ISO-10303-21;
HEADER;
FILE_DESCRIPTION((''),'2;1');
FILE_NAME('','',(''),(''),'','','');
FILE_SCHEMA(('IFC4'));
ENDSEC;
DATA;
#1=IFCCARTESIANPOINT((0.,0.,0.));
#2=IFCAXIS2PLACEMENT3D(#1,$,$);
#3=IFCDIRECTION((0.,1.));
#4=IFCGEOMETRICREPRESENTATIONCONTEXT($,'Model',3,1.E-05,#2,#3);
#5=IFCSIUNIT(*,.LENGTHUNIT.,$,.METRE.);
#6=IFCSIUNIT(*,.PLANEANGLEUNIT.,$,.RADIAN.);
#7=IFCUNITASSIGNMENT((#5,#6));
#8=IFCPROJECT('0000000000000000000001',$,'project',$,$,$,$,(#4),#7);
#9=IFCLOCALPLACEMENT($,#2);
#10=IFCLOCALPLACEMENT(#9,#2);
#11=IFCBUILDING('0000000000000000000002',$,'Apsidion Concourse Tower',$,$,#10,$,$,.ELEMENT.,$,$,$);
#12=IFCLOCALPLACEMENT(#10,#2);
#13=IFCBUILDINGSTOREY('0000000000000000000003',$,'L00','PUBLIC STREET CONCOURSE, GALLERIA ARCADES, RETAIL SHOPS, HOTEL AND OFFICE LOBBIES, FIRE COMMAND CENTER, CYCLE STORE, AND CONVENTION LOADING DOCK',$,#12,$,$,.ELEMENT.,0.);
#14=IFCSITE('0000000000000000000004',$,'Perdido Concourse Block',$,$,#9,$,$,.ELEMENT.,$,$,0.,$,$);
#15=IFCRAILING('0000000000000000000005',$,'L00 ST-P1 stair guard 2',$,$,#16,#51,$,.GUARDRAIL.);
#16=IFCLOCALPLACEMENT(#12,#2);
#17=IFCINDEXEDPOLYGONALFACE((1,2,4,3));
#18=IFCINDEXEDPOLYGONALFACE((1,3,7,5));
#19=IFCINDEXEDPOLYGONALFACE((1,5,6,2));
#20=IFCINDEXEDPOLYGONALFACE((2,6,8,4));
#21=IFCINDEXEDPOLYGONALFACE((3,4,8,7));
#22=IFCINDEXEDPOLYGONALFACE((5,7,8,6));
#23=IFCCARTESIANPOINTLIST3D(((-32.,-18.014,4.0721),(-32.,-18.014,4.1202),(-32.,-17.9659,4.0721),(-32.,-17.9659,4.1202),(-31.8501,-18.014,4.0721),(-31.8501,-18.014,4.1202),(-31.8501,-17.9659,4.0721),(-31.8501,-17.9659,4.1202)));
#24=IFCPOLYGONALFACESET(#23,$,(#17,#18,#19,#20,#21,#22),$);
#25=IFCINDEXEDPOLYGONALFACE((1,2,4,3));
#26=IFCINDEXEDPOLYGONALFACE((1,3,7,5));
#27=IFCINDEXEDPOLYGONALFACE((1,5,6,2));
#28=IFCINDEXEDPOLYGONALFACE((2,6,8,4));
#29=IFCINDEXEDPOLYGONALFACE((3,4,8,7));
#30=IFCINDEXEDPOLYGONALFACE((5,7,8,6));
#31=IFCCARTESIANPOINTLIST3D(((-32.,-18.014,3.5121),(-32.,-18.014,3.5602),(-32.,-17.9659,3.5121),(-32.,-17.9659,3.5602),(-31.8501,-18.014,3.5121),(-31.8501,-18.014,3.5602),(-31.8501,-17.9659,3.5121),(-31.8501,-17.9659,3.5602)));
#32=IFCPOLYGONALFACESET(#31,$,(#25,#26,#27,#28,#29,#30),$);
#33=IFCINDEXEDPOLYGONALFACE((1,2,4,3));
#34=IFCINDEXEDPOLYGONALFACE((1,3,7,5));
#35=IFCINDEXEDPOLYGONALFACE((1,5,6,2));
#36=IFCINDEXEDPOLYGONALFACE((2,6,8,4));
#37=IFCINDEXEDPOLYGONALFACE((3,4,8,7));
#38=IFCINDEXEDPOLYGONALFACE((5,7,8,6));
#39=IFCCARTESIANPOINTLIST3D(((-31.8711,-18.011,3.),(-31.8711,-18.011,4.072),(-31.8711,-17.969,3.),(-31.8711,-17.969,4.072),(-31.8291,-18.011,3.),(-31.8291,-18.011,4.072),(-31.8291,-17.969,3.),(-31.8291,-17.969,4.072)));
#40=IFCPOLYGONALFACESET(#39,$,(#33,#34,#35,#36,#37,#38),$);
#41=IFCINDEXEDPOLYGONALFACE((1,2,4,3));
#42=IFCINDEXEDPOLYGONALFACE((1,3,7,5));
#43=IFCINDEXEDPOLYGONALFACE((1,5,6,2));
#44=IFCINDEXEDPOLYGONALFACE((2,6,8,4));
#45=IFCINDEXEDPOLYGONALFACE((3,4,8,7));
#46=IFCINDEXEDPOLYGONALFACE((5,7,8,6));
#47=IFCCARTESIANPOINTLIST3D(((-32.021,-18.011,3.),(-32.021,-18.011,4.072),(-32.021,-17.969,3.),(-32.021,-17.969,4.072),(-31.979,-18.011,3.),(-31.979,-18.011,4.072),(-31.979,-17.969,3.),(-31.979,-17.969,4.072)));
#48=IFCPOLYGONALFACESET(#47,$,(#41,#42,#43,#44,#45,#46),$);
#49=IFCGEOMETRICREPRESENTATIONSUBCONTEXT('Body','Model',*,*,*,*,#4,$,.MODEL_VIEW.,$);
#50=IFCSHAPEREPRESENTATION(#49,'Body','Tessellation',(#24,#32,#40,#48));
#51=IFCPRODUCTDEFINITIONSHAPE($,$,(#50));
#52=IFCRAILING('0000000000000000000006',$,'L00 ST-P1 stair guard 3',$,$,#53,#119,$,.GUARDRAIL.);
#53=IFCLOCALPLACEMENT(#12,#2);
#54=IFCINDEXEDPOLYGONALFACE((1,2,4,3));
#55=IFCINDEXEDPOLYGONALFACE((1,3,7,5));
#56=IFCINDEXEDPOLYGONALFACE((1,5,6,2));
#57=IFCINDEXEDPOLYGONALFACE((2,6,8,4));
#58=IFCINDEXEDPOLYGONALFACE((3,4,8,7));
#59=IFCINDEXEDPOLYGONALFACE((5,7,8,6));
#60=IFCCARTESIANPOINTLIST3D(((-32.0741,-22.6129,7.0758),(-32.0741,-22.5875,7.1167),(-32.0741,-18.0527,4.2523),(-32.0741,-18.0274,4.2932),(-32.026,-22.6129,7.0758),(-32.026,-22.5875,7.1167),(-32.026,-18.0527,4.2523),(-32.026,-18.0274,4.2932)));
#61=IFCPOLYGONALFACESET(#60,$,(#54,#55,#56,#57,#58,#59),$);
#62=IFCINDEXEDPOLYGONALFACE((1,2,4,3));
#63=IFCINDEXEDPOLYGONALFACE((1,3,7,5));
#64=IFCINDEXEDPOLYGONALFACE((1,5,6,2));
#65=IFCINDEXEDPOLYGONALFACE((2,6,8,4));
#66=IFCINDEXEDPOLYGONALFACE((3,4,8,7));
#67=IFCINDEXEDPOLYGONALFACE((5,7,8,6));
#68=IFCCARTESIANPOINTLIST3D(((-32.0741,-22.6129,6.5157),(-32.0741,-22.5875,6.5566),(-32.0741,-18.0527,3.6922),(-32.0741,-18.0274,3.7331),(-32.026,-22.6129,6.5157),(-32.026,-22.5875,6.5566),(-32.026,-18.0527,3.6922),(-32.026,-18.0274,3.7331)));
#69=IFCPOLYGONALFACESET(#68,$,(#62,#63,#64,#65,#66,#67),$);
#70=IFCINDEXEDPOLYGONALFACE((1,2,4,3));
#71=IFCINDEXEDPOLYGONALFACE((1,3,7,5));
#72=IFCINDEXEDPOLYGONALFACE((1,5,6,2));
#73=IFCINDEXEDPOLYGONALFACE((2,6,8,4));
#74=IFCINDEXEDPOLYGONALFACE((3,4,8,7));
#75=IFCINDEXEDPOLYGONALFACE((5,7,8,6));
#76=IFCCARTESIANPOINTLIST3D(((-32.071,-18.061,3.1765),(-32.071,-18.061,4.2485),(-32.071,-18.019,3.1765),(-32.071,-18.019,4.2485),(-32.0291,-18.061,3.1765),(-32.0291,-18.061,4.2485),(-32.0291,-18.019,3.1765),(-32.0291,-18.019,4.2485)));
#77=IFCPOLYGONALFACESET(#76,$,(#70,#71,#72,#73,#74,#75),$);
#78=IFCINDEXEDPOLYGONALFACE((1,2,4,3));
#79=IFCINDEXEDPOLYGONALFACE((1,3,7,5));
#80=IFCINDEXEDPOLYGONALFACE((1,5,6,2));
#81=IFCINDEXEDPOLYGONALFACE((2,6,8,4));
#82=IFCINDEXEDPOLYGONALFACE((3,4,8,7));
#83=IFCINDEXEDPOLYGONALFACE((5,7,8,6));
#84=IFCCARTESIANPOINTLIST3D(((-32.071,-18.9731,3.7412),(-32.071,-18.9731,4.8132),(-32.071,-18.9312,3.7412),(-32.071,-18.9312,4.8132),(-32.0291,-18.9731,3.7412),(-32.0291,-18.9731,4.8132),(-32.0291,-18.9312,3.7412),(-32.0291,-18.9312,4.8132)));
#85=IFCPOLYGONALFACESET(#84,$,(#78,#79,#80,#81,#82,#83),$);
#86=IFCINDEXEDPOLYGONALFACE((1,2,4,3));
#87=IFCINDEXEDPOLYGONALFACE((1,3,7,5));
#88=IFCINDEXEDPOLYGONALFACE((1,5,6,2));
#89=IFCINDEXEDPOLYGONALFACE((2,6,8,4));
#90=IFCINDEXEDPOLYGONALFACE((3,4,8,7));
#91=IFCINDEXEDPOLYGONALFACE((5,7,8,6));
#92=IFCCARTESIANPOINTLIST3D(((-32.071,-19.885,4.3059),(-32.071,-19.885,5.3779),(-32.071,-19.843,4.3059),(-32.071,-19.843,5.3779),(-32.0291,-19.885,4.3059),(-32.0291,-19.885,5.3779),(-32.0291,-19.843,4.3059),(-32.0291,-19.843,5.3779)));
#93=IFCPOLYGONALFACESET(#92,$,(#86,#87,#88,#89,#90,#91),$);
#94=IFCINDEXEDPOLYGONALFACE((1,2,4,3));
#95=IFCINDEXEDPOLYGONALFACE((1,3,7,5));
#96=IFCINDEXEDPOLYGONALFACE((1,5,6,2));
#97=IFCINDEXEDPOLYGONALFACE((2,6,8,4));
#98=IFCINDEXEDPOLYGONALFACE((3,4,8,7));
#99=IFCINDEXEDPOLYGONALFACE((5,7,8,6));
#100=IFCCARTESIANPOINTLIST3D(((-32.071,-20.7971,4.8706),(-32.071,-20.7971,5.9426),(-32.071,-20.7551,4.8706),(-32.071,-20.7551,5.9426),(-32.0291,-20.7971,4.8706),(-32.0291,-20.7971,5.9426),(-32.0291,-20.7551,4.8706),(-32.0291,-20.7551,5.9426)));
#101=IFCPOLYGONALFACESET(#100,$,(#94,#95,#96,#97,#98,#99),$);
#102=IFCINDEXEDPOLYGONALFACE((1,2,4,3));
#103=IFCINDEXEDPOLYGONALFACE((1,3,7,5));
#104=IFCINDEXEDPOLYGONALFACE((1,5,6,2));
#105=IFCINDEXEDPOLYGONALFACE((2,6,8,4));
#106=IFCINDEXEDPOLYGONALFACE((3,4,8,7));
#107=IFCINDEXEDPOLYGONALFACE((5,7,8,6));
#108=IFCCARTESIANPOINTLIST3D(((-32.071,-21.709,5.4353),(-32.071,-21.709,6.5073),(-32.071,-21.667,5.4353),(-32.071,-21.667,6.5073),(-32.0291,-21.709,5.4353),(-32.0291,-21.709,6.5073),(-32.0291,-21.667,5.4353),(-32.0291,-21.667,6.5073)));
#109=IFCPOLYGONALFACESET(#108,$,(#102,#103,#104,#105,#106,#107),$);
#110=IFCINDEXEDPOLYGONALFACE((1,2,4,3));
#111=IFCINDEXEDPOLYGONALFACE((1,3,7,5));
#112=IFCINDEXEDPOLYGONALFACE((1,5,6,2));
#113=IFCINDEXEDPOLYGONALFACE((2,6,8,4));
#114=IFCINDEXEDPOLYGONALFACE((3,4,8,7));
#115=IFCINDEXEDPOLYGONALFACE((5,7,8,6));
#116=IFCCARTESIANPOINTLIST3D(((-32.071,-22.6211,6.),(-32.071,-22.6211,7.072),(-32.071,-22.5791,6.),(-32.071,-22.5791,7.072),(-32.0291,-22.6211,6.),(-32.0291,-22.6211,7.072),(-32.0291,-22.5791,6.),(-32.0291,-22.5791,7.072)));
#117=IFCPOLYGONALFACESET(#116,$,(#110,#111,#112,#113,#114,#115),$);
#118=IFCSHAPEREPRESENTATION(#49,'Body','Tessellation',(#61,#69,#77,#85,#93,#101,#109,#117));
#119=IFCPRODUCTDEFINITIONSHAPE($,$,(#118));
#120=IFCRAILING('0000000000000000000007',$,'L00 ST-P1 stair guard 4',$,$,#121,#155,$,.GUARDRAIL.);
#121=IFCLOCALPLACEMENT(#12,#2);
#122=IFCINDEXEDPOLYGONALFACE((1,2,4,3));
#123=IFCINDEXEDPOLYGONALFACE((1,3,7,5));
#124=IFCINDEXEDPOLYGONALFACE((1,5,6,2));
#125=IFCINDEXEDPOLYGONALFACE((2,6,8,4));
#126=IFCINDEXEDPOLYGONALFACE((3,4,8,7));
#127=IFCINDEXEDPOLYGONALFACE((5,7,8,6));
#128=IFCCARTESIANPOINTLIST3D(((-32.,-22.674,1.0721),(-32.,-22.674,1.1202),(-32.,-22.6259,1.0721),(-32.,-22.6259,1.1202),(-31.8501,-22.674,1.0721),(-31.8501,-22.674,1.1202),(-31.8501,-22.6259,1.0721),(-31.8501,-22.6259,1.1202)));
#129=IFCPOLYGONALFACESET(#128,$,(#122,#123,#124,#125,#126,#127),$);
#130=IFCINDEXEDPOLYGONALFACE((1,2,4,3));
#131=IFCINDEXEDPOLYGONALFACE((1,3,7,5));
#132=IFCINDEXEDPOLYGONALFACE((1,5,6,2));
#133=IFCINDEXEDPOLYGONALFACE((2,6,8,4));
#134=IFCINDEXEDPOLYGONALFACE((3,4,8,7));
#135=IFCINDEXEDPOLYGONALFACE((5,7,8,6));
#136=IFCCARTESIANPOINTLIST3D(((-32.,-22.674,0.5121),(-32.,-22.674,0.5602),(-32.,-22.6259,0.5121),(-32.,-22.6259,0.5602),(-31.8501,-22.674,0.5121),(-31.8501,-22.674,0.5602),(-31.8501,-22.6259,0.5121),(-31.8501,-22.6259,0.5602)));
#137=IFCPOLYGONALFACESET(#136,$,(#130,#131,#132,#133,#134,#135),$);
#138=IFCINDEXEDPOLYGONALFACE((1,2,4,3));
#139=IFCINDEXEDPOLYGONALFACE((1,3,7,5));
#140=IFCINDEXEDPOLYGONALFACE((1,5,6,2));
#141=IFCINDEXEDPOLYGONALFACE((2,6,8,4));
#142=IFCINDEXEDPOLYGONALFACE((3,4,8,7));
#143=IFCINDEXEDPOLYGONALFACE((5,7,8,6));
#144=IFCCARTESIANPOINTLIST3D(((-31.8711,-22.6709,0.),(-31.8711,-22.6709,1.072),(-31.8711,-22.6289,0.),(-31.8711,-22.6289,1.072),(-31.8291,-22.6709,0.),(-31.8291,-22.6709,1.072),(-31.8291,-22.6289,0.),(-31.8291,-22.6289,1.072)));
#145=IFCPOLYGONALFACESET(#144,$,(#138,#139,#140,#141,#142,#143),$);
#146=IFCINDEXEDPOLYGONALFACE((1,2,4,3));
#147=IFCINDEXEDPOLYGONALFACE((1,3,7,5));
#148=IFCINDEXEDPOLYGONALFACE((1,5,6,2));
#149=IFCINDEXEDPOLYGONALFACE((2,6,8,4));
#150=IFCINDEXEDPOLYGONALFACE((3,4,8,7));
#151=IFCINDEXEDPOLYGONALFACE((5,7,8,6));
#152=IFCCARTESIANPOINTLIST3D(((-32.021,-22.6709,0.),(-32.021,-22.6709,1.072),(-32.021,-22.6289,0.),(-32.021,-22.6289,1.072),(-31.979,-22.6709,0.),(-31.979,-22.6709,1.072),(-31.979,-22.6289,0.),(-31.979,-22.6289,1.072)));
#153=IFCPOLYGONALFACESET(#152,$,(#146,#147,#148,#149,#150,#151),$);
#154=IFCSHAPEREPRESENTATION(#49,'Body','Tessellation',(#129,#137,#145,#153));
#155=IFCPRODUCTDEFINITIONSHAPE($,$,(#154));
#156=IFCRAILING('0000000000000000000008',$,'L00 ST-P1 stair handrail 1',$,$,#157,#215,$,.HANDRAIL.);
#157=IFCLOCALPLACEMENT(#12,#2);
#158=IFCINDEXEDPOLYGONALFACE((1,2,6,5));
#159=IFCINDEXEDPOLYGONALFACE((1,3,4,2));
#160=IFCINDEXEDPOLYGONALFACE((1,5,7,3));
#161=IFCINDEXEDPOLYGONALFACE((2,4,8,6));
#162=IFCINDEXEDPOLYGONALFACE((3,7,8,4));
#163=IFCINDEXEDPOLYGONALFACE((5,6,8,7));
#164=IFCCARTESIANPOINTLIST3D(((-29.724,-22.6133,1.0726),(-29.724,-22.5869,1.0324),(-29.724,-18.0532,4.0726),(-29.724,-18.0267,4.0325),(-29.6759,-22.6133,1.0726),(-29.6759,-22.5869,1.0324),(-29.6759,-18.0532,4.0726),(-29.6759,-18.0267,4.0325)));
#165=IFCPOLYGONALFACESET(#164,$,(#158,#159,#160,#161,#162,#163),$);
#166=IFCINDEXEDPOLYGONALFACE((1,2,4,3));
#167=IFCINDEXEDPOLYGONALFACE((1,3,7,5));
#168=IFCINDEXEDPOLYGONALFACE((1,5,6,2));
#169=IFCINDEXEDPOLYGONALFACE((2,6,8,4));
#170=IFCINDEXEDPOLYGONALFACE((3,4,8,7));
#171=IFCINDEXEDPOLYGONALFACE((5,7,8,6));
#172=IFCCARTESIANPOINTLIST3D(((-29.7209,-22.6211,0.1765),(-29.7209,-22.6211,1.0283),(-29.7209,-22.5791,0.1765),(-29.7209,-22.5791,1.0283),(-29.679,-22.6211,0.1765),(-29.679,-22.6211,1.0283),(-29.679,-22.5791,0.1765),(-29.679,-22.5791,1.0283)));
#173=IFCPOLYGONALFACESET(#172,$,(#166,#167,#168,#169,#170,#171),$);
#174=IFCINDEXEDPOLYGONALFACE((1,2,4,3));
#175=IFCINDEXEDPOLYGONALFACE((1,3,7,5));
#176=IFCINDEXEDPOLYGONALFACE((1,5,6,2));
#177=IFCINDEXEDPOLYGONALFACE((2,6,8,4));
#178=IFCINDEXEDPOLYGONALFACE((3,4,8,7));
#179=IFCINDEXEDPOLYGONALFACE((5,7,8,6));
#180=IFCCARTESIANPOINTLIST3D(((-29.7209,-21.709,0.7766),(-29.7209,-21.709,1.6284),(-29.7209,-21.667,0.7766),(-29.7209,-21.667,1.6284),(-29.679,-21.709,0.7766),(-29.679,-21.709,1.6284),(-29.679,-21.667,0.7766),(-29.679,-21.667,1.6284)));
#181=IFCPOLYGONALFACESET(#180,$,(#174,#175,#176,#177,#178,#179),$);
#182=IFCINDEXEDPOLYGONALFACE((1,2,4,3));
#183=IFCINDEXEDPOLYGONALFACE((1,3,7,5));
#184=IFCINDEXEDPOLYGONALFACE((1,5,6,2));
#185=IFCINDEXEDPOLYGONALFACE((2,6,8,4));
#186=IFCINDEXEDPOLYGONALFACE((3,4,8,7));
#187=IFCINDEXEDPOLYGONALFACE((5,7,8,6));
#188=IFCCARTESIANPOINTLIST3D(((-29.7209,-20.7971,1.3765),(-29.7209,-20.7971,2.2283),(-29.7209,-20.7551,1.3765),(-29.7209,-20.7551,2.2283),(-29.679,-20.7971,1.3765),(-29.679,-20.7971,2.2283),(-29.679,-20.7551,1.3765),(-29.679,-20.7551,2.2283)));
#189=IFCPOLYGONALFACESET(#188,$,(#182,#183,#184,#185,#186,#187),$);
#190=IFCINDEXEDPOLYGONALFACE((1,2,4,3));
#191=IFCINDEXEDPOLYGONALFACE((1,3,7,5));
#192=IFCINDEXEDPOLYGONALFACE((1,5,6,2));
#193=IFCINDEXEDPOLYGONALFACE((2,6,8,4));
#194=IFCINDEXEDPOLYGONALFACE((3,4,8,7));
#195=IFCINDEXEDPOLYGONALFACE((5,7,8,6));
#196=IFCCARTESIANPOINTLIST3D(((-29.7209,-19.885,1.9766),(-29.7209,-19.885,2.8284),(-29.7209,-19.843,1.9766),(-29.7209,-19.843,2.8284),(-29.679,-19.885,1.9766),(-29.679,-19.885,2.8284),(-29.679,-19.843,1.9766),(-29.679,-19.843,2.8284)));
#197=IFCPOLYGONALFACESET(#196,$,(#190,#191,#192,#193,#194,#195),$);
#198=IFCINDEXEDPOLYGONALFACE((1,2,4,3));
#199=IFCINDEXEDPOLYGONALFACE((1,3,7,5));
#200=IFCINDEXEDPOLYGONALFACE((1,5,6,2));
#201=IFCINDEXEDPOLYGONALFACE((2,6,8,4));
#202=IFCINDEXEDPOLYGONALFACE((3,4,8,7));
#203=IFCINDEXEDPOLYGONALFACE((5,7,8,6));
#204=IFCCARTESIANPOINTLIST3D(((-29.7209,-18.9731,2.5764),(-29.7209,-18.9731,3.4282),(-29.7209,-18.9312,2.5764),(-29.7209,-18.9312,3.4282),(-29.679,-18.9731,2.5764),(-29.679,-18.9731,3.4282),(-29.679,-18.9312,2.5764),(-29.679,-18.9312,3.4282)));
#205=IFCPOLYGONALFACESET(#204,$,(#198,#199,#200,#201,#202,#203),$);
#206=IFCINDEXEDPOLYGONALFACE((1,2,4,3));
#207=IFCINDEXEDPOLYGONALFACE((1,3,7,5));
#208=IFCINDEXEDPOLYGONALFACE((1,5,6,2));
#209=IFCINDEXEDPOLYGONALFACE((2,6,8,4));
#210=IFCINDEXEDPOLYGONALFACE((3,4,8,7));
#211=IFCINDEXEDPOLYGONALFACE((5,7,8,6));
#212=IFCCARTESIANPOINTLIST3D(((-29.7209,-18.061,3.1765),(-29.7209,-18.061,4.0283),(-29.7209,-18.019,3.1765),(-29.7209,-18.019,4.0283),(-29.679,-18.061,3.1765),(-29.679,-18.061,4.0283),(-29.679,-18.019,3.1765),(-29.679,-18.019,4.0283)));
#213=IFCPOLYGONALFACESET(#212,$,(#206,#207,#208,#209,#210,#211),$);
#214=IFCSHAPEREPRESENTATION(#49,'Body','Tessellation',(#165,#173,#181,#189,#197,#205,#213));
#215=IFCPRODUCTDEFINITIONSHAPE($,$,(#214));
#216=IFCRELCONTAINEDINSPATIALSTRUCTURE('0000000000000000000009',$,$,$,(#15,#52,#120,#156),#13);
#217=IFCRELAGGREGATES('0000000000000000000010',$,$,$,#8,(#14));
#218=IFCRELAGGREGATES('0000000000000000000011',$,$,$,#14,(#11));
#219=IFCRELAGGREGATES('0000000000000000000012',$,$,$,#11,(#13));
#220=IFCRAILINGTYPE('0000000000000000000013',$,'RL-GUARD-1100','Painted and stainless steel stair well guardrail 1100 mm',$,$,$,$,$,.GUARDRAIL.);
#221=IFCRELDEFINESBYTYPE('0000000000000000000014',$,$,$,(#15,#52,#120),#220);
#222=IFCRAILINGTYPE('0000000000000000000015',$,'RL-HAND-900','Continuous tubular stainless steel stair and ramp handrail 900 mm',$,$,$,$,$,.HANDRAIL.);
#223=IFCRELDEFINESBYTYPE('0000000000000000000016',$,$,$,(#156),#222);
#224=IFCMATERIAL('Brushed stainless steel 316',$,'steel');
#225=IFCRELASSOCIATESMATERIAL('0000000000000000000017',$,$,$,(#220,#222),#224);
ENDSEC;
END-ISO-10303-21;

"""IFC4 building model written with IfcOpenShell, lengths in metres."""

from ifc_helpers import new_model, si_unit, direction, frame, origin, origin_2d, place, context, subcontext, project, spatial, rectangle, extrude, material, type_object, element, save


model = new_model("IFC4")

# Units and contexts
model_context = context("Model", 3, precision=1e-05, world=origin(), true_north=direction((0.0, 1.0)))
body_context = subcontext(model_context, "Body", "Model", "MODEL_VIEW")
ifc_project = project(units=[si_unit("LENGTHUNIT", "METRE"), si_unit("PLANEANGLEUNIT", "RADIAN")], contexts=[model_context])

# Site, building, storey
site_placement = place(None, origin())
site = spatial("IfcSite", under=ifc_project, at=site_placement, Name="Perdido Concourse Block", CompositionType="ELEMENT", RefElevation=0.0)
building_placement = place(site_placement, origin())
building = spatial("IfcBuilding", under=site, at=building_placement, Name="Apsidion Concourse Tower", CompositionType="ELEMENT")
storey_placement = place(building_placement, origin())
storey = spatial("IfcBuildingStorey", under=building, at=storey_placement, Name="L00", Description="PUBLIC STREET CONCOURSE, GALLERIA ARCADES, RETAIL SHOPS, HOTEL AND OFFICE LOBBIES, FIRE COMMAND CENTER, CYCLE STORE, AND CONVENTION LOADING DOCK", CompositionType="ELEMENT", Elevation=0.0)

# Shared definitions
ifc_material_1 = material(Name="Brushed stainless steel 316", Category="steel")

# Railings
railing_type_1 = type_object("IfcRailingType", Name="RL-GUARD-1100", Description="Painted and stainless steel stair well guardrail 1100 mm", PredefinedType="GUARDRAIL", material=ifc_material_1)
railing_1_placement = place(storey_placement, frame((-31.8501, -17.99, 3.0)))
element("IfcRailing", 1, at=railing_1_placement, inside=storey, type_object=railing_type_1, Name="L00 ST-P1 stair guard 2", PredefinedType="GUARDRAIL", context=body_context, shape_type="SweptSolid", body=[
    extrude(rectangle(XDim=0.0481, YDim=0.0481, at=origin_2d()), frame((0.0, 0.0, 1.0962), z_axis=(-1.0, 0.0, 0.0), x_axis=(0.0, -1.0, 0.0)), (0.0, 0.0, 1.0), 0.1499),
    extrude(rectangle(XDim=0.0481, YDim=0.0481, at=origin_2d()), frame((0.0, 0.0, 0.5361), z_axis=(-1.0, 0.0, 0.0), x_axis=(0.0, -1.0, 0.0)), (0.0, 0.0, 1.0), 0.1499),
    extrude(rectangle(XDim=0.042, YDim=0.042, at=origin_2d()), origin(), (0.0, 0.0, 1.0), 1.072),
    extrude(rectangle(XDim=0.042, YDim=0.042, at=origin_2d()), frame((-0.1499, 0.0, 0.0)), (0.0, 0.0, 1.0), 1.072),
])
railing_2_placement = place(storey_placement, frame((-32.05, -18.04, 3.1765)))
element("IfcRailing", 2, at=railing_2_placement, inside=storey, type_object=railing_type_1, Name="L00 ST-P1 stair guard 3", PredefinedType="GUARDRAIL", context=body_context, shape_type="SweptSolid", body=[
    extrude(rectangle(XDim=0.0481, YDim=0.0481, at=origin_2d()), frame((0.0, 0.0, 1.0962), z_axis=(0.0, -0.850216, 0.526435), x_axis=(1.0, 0.0, 0.0)), (0.0, 0.0, 1.0), 5.3635),
    extrude(rectangle(XDim=0.0481, YDim=0.0481, at=origin_2d()), frame((0.0, 0.0, 0.5361), z_axis=(0.0, -0.850216, 0.526435), x_axis=(1.0, 0.0, 0.0)), (0.0, 0.0, 1.0), 5.3635),
    extrude(rectangle(XDim=0.042, YDim=0.042, at=origin_2d()), origin(), (0.0, 0.0, 1.0), 1.072),
    extrude(rectangle(XDim=0.042, YDim=0.042, at=origin_2d()), frame((0.0, -0.9121, 0.5647)), (0.0, 0.0, 1.0), 1.072),
    extrude(rectangle(XDim=0.042, YDim=0.042, at=origin_2d()), frame((0.0, -1.824, 1.1294)), (0.0, 0.0, 1.0), 1.072),
    extrude(rectangle(XDim=0.042, YDim=0.042, at=origin_2d()), frame((0.0, -2.7361, 1.6941)), (0.0, 0.0, 1.0), 1.072),
    extrude(rectangle(XDim=0.042, YDim=0.042, at=origin_2d()), frame((0.0, -3.6479, 2.2588)), (0.0, 0.0, 1.0), 1.072),
    extrude(rectangle(XDim=0.042, YDim=0.042, at=origin_2d()), frame((0.0, -4.5601, 2.8235)), (0.0, 0.0, 1.0), 1.072),
])
railing_3_placement = place(storey_placement, frame((-31.8501, -22.6499, 0.0)))
element("IfcRailing", 3, at=railing_3_placement, inside=storey, type_object=railing_type_1, Name="L00 ST-P1 stair guard 4", PredefinedType="GUARDRAIL", context=body_context, shape_type="SweptSolid", body=[
    extrude(rectangle(XDim=0.0481, YDim=0.0481, at=origin_2d()), frame((0.0, 0.0, 1.0962), z_axis=(-1.0, 0.0, 0.0), x_axis=(0.0, -1.0, 0.0)), (0.0, 0.0, 1.0), 0.1499),
    extrude(rectangle(XDim=0.0481, YDim=0.0481, at=origin_2d()), frame((0.0, 0.0, 0.5361), z_axis=(-1.0, 0.0, 0.0), x_axis=(0.0, -1.0, 0.0)), (0.0, 0.0, 1.0), 0.1499),
    extrude(rectangle(XDim=0.042, YDim=0.042, at=origin_2d()), origin(), (0.0, 0.0, 1.0), 1.072),
    extrude(rectangle(XDim=0.042, YDim=0.042, at=origin_2d()), frame((-0.1499, 0.0, 0.0)), (0.0, 0.0, 1.0), 1.072),
])
railing_type_2 = type_object("IfcRailingType", Name="RL-HAND-900", Description="Continuous tubular stainless steel stair and ramp handrail 900 mm", PredefinedType="HANDRAIL", material=ifc_material_1)
railing_4_placement = place(storey_placement, frame((-29.7, -22.6001, 0.1765)))
element("IfcRailing", 4, at=railing_4_placement, inside=storey, type_object=railing_type_2, Name="L00 ST-P1 stair handrail 1", PredefinedType="HANDRAIL", context=body_context, shape_type="SweptSolid", body=[
    extrude(rectangle(XDim=0.0481, YDim=0.0481, at=origin_2d()), frame((0.0, 0.0, 0.876), z_axis=(0.0, 0.83542, 0.549612), x_axis=(-1.0, 0.0, 0.0)), (0.0, 0.0, 1.0), 5.4585),
    extrude(rectangle(XDim=0.042, YDim=0.042, at=origin_2d()), origin(), (0.0, 0.0, 1.0), 0.8518),
    extrude(rectangle(XDim=0.042, YDim=0.042, at=origin_2d()), frame((0.0, 0.9121, 0.6001)), (0.0, 0.0, 1.0), 0.8518),
    extrude(rectangle(XDim=0.042, YDim=0.042, at=origin_2d()), frame((0.0, 1.824, 1.2)), (0.0, 0.0, 1.0), 0.8518),
    extrude(rectangle(XDim=0.042, YDim=0.042, at=origin_2d()), frame((0.0, 2.7361, 1.8)), (0.0, 0.0, 1.0), 0.8518),
    extrude(rectangle(XDim=0.042, YDim=0.042, at=origin_2d()), frame((0.0, 3.6479, 2.3999)), (0.0, 0.0, 1.0), 0.8518),
    extrude(rectangle(XDim=0.042, YDim=0.042, at=origin_2d()), frame((0.0, 4.5601, 3.0)), (0.0, 0.0, 1.0), 0.8518),
])

save(model, "model.ifc")
